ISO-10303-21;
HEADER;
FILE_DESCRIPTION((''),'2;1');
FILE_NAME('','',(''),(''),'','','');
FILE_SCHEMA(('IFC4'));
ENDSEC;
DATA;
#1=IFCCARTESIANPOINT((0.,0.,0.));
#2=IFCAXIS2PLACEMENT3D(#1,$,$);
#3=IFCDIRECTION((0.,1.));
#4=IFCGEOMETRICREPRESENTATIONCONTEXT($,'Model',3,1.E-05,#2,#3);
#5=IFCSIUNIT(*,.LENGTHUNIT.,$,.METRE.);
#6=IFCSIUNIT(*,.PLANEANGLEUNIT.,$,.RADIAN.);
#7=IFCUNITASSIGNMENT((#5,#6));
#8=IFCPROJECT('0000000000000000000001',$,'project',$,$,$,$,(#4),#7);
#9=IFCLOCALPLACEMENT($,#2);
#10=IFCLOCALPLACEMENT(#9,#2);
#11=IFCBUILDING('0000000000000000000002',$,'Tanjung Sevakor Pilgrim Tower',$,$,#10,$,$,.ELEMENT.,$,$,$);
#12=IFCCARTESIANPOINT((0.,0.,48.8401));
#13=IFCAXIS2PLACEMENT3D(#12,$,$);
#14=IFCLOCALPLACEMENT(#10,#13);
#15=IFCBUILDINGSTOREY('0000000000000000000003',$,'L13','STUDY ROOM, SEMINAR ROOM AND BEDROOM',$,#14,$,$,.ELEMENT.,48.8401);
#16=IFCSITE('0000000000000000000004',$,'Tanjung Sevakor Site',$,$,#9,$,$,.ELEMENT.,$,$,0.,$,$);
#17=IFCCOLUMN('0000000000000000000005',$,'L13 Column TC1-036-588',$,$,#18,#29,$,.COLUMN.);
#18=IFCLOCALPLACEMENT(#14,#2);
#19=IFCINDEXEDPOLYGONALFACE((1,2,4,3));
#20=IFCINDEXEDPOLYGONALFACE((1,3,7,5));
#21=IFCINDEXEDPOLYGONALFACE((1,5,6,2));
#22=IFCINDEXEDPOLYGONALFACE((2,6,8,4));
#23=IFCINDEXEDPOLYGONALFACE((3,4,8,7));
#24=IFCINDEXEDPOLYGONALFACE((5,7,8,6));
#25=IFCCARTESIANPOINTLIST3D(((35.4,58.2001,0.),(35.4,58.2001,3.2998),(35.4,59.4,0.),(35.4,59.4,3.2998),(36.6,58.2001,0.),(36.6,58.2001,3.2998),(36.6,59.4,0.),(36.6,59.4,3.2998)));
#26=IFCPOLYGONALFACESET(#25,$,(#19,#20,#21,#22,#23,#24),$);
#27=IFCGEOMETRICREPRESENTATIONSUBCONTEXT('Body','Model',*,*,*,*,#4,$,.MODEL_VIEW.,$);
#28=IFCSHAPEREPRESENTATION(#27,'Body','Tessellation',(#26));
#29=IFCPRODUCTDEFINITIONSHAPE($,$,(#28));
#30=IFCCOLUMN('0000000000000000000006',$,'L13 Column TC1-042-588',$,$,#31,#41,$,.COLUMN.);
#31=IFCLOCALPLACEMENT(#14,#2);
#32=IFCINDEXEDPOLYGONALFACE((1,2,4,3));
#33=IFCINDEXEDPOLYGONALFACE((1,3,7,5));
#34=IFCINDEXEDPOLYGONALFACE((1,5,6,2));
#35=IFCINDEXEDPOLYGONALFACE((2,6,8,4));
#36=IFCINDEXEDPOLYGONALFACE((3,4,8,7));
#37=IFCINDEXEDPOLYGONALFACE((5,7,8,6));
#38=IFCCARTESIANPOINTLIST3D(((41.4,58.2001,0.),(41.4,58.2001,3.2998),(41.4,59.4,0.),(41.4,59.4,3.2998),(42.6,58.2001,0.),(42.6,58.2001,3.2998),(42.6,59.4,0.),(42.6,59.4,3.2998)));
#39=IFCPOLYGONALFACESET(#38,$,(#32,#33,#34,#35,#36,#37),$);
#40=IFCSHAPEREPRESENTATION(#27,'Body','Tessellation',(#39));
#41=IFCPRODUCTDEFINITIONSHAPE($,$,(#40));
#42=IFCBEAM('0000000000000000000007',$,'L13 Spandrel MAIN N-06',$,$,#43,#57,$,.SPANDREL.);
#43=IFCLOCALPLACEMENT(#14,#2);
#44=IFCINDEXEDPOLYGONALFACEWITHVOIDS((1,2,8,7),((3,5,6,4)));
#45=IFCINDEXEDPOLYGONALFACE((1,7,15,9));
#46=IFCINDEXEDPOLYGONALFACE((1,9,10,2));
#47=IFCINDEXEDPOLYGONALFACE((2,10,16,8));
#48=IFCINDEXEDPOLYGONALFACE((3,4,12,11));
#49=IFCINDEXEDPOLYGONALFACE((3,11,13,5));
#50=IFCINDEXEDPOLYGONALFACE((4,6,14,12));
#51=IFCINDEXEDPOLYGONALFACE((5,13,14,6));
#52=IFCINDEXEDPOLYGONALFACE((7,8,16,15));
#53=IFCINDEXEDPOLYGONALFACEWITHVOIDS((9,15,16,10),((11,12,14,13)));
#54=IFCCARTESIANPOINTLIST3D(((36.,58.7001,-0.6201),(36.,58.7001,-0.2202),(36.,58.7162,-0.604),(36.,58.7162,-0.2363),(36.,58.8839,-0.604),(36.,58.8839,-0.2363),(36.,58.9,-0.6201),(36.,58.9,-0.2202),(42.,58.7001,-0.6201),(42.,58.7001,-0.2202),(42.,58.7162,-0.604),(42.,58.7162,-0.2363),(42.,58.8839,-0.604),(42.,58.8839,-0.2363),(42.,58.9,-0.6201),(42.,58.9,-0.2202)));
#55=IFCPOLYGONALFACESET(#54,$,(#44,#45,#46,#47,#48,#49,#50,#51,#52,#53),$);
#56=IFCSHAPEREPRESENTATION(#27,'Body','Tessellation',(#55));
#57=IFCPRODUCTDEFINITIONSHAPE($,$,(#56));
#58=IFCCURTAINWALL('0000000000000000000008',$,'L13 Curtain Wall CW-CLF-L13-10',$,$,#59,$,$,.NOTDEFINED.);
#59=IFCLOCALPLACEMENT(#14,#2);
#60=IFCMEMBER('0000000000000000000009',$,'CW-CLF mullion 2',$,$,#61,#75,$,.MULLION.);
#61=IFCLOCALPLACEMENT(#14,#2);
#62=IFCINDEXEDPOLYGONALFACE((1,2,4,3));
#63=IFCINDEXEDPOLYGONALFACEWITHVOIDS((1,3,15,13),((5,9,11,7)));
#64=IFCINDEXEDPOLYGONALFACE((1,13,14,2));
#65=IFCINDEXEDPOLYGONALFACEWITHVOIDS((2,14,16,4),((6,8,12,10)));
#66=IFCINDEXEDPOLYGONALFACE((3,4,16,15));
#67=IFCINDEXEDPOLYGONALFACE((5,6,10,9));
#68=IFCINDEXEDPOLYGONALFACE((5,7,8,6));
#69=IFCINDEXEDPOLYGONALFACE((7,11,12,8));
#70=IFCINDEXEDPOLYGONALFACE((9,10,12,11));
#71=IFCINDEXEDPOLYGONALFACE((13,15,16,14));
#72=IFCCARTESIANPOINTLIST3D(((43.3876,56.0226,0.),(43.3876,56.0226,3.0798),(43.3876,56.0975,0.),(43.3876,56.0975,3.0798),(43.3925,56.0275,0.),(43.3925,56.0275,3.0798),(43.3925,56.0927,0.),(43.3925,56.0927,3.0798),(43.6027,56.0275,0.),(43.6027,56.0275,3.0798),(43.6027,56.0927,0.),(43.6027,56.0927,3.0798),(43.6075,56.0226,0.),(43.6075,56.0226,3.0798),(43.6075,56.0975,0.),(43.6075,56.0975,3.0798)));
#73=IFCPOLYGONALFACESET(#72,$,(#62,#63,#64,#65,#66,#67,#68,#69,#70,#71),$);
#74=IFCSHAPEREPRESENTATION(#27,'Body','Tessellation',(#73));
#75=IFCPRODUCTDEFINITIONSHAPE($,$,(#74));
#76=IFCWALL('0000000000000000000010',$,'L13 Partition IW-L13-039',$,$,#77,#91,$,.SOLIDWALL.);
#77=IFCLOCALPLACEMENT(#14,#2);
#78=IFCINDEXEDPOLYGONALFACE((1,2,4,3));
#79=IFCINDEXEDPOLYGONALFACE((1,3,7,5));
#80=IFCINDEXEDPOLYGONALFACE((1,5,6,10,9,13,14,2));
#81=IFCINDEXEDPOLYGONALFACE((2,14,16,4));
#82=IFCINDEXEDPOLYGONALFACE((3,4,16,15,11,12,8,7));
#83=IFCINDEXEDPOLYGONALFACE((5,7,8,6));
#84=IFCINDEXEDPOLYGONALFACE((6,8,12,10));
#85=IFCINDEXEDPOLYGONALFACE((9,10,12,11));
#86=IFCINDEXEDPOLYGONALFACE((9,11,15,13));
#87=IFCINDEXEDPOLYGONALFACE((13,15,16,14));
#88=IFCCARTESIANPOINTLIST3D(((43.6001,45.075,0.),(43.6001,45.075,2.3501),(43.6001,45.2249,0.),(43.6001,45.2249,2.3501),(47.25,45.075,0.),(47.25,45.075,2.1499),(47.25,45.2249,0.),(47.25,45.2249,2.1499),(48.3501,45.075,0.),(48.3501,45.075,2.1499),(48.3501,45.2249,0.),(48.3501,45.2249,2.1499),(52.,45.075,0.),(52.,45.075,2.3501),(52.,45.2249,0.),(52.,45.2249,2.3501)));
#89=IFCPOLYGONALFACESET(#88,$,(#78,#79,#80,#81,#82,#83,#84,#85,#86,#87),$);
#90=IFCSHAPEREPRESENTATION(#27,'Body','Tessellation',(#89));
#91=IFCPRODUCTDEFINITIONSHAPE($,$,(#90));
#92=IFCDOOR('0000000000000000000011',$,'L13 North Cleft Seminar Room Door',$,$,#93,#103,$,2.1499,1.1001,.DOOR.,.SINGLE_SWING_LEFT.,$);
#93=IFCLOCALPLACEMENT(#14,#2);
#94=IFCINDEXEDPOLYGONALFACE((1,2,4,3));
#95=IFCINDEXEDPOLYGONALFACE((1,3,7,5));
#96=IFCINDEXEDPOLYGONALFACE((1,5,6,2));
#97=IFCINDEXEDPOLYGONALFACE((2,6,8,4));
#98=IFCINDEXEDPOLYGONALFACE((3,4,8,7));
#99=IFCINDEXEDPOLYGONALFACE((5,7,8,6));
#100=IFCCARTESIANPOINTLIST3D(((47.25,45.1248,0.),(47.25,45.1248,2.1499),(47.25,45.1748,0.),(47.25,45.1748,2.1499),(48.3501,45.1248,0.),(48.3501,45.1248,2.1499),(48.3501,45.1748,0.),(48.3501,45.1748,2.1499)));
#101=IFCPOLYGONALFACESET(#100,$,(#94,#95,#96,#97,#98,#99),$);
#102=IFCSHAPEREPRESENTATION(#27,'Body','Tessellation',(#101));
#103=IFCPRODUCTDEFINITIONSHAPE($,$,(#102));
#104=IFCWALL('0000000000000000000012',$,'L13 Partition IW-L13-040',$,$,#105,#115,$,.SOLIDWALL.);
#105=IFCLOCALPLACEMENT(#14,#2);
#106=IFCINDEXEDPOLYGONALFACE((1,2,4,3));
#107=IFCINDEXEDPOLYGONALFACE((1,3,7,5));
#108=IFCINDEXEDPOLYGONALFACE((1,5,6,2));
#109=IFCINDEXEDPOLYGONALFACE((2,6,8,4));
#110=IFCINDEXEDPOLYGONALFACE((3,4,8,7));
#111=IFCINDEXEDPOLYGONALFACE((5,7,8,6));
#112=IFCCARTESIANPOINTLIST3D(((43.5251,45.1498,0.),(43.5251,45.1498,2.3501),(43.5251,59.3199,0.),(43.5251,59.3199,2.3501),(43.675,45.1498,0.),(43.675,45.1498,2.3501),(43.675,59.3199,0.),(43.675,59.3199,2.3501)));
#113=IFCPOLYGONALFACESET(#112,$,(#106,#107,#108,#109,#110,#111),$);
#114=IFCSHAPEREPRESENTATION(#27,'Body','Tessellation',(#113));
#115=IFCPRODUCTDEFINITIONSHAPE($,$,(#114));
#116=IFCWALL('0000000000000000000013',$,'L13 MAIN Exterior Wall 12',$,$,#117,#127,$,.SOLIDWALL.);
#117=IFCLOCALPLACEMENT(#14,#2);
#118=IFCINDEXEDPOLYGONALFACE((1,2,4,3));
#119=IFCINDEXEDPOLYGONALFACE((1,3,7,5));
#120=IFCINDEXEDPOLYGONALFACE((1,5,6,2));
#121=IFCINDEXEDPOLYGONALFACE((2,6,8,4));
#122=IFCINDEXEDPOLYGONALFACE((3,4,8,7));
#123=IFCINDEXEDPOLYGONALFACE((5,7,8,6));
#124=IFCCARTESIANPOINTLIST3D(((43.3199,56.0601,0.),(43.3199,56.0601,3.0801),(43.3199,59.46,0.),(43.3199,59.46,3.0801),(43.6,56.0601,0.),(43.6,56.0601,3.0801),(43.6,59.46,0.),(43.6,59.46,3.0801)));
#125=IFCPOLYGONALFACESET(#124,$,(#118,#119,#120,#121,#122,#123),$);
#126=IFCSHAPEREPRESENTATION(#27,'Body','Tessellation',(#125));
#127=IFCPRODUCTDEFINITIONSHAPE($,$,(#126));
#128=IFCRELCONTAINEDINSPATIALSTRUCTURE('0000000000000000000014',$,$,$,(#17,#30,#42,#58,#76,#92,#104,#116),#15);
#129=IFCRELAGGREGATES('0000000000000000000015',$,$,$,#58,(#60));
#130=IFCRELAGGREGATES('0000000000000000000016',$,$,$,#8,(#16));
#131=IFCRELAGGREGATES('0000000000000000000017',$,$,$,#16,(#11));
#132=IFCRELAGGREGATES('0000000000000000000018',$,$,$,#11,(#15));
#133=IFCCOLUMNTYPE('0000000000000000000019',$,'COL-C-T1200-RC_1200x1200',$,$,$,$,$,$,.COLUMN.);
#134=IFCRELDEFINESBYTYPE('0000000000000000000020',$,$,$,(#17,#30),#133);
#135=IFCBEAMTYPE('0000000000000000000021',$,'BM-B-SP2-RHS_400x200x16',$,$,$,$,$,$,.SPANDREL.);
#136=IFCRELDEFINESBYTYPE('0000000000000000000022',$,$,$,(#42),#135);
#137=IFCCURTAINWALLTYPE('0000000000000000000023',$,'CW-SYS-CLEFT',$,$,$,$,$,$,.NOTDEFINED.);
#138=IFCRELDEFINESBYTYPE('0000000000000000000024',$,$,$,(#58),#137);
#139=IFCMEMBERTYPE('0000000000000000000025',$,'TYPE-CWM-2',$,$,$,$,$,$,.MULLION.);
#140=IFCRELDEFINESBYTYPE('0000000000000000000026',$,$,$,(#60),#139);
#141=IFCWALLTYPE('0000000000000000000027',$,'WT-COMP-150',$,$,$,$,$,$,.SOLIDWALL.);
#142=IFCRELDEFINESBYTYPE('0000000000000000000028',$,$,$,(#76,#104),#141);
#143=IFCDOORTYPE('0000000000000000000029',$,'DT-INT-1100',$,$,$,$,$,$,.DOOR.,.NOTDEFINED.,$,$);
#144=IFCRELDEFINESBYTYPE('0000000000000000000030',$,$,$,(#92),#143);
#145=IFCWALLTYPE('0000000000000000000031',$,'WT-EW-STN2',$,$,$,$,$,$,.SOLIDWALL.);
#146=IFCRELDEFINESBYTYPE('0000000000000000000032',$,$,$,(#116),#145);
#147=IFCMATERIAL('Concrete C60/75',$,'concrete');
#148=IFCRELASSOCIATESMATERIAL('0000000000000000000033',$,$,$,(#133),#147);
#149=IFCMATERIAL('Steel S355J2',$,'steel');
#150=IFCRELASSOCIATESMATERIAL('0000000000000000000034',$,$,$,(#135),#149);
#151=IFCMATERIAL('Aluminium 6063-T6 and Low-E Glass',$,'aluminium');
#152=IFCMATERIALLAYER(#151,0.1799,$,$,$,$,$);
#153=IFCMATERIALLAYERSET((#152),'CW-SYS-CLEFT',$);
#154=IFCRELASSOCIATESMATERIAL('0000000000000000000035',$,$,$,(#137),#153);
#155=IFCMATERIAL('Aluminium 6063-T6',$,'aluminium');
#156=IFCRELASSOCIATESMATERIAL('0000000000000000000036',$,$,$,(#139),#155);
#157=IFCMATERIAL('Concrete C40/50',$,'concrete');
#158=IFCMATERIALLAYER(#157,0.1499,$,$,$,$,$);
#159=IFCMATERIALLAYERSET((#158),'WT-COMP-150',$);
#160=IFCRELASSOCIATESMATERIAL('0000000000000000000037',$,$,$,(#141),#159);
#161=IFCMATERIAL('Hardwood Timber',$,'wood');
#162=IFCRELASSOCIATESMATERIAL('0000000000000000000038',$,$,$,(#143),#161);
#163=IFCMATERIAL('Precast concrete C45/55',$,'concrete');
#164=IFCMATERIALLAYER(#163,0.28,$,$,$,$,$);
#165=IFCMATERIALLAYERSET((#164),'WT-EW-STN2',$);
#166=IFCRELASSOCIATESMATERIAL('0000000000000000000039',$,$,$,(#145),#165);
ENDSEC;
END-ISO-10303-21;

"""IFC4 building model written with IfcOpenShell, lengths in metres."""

from ifc_helpers import new_model, si_unit, direction, frame, frame_2d, origin, origin_2d, place, context, subcontext, project, spatial, rectangle, hollow_rectangle, extrude, material, layer, layer_set, material_profile, profile_set, type_object, element, fill, aggregate, save


model = new_model("IFC4")

# Units and contexts
model_context = context("Model", 3, precision=1e-05, world=origin(), true_north=direction((0.0, 1.0)))
body_context = subcontext(model_context, "Body", "Model", "MODEL_VIEW")
ifc_project = project(units=[si_unit("LENGTHUNIT", "METRE"), si_unit("PLANEANGLEUNIT", "RADIAN")], contexts=[model_context])

# Site, building, storey
site_placement = place(None, origin())
site = spatial("IfcSite", under=ifc_project, at=site_placement, Name="Tanjung Sevakor Site", CompositionType="ELEMENT", RefElevation=0.0)
building_placement = place(site_placement, origin())
building = spatial("IfcBuilding", under=site, at=building_placement, Name="Tanjung Sevakor Pilgrim Tower", CompositionType="ELEMENT")
storey_placement = place(building_placement, frame((0.0, 0.0, 48.8401)))
storey = spatial("IfcBuildingStorey", under=building, at=storey_placement, Name="L13", Description="STUDY ROOM, SEMINAR ROOM AND BEDROOM", CompositionType="ELEMENT", Elevation=48.8401)

# Columns
ifc_material_1 = material(Name="Concrete C60/75", Category="concrete")
ifc_material_profile_1 = material_profile(ifc_material_1, rectangle(XDim=1.2, YDim=1.2, at=origin_2d()))
ifc_profile_set_1 = profile_set([ifc_material_profile_1], Name="Concrete C60/75")
column_type = type_object("IfcColumnType", Name="COL-C-T1200-RC_1200x1200", PredefinedType="COLUMN", material=ifc_profile_set_1)
for number, where, z_axis, x_axis, name in (
    (1, (36.0, 58.8, 0.0), (0.0, 0.0, 1.0), (1.0, 0.0, 0.0), "L13 Column TC1-036-588"),
    (2, (42.0, 58.8, 0.0), (0.0, 0.0, 1.0), (1.0, 0.0, 0.0), "L13 Column TC1-042-588"),
):
    element("IfcColumn", number, at=place(storey_placement, frame(where, z_axis=z_axis, x_axis=x_axis)), inside=storey, type_object=column_type, Name=name, PredefinedType="COLUMN", context=body_context, shape_type="SweptSolid", body=[
        extrude(rectangle(XDim=1.2, YDim=1.2, at=origin_2d()), origin(), (0.0, 0.0, 1.0), 3.2998),
    ])

# Beam
ifc_material_2 = material(Name="Steel S355J2", Category="steel")
ifc_material_profile_2 = material_profile(ifc_material_2, hollow_rectangle(XDim=0.2, YDim=0.3999, WallThickness=0.0161, at=origin_2d()))
ifc_profile_set_2 = profile_set([ifc_material_profile_2], Name="Steel S355J2")
beam_type = type_object("IfcBeamType", Name="BM-B-SP2-RHS_400x200x16", PredefinedType="SPANDREL", material=ifc_profile_set_2)
beam_placement = place(storey_placement, frame((36.0, 58.8, -0.4202), z_axis=(1.0, 0.0, 0.0), x_axis=(0.0, 1.0, 0.0)))
element("IfcBeam", 3, at=beam_placement, inside=storey, type_object=beam_type, Name="L13 Spandrel MAIN N-06", PredefinedType="SPANDREL", context=body_context, shape_type="SweptSolid", body=[
    extrude(hollow_rectangle(XDim=0.2, YDim=0.3999, WallThickness=0.0161, at=origin_2d()), origin(), (0.0, 0.0, 1.0), 6.0),
])

# Curtain wall, member
ifc_material_3 = material(Name="Aluminium 6063-T6 and Low-E Glass", Category="aluminium")
ifc_layer_1 = layer(ifc_material_3, 0.1799)
ifc_layer_set_1 = layer_set([ifc_layer_1], Name="CW-SYS-CLEFT")
curtain_wall_type = type_object("IfcCurtainWallType", Name="CW-SYS-CLEFT", PredefinedType="NOTDEFINED", material=ifc_layer_set_1)
curtain_wall_placement = place(storey_placement, origin())
curtain_wall = element("IfcCurtainWall", 4, at=curtain_wall_placement, inside=storey, type_object=curtain_wall_type, Name="L13 Curtain Wall CW-CLF-L13-10", PredefinedType="NOTDEFINED")
ifc_material_4 = material(Name="Aluminium 6063-T6", Category="aluminium")
ifc_material_profile_3 = material_profile(ifc_material_4, hollow_rectangle(XDim=0.075, YDim=0.22, WallThickness=0.0049, at=origin_2d()))
ifc_profile_set_3 = profile_set([ifc_material_profile_3], Name="Aluminium 6063-T6")
member_type = type_object("IfcMemberType", Name="TYPE-CWM-2", PredefinedType="MULLION", material=ifc_profile_set_3)
member_placement = place(storey_placement, frame((43.4976, 56.0601, 0.0), z_axis=(0.0, 0.0, 1.0), x_axis=(0.0, -1.0, 0.0)))
member = element("IfcMember", 5, at=member_placement, type_object=member_type, Name="CW-CLF mullion 2", PredefinedType="MULLION", context=body_context, shape_type="SweptSolid", body=[
    extrude(hollow_rectangle(XDim=0.075, YDim=0.22, WallThickness=0.0049, at=origin_2d()), origin(), (0.0, 0.0, 1.0), 3.0798),
])
aggregate(curtain_wall, [member])

# Wall, opening, door
ifc_material_5 = material(Name="Concrete C40/50", Category="concrete")
ifc_layer_2 = layer(ifc_material_5, 0.1499)
ifc_layer_set_2 = layer_set([ifc_layer_2], Name="WT-COMP-150")
wall_type_1 = type_object("IfcWallType", Name="WT-COMP-150", PredefinedType="SOLIDWALL", material=ifc_layer_set_2)
wall_1_placement = place(storey_placement, frame((43.6001, 45.1499, 0.0), z_axis=(0.0, 0.0, 1.0), x_axis=(1.0, 0.0, 0.0)))
wall_1 = element("IfcWall", 6, at=wall_1_placement, inside=storey, type_object=wall_type_1, Name="L13 Partition IW-L13-039", PredefinedType="SOLIDWALL", context=body_context, shape_type="SweptSolid", body=[
    extrude(rectangle(XDim=8.3999, YDim=0.1499, at=frame_2d((4.2, 0.0))), origin(), (0.0, 0.0, 1.0), 2.3501),
])
opening_1_placement = place(wall_1_placement, frame((3.6499, 0.0, 0.0)))
opening_1 = element("IfcOpeningElement", 7, at=opening_1_placement, cuts=wall_1, PredefinedType="OPENING", context=body_context, shape_type="SweptSolid", body=[
    extrude(rectangle(XDim=1.1001, YDim=2.1499, at=frame_2d((0.55, 1.075))), frame((0.0, 0.085, 0.0), z_axis=(0.0, -1.0, 0.0), x_axis=(1.0, 0.0, 0.0)), (0.0, 0.0, 1.0), 0.1699),
])
ifc_material_6 = material(Name="Hardwood Timber", Category="wood")
door_type_1 = type_object("IfcDoorType", Name="DT-INT-1100", OperationType="NOTDEFINED", PredefinedType="DOOR", material=ifc_material_6)
door_1_placement = place(opening_1_placement, origin())
door_1 = element("IfcDoor", 8, at=door_1_placement, inside=storey, type_object=door_type_1, Name="L13 North Cleft Seminar Room Door", OperationType="SINGLE_SWING_LEFT", OverallHeight=2.1499, OverallWidth=1.1001, PredefinedType="DOOR", context=body_context, shape_type="SweptSolid", body=[
    extrude(rectangle(XDim=1.1001, YDim=2.1499, at=frame_2d((0.55, 1.075))), frame((0.0, 0.0249, 0.0), z_axis=(0.0, -1.0, 0.0), x_axis=(1.0, 0.0, 0.0)), (0.0, 0.0, 1.0), 0.05),
])
fill(opening_1, door_1)

# Walls
wall_2_placement = place(storey_placement, frame((43.6001, 45.1499, 0.0), z_axis=(0.0, 0.0, 1.0), x_axis=(0.0, 1.0, 0.0)))
element("IfcWall", 9, at=wall_2_placement, inside=storey, type_object=wall_type_1, Name="L13 Partition IW-L13-040", PredefinedType="SOLIDWALL", context=body_context, shape_type="SweptSolid", body=[
    extrude(rectangle(XDim=14.1702, YDim=0.1499, at=frame_2d((7.085, 0.0))), origin(), (0.0, 0.0, 1.0), 2.3501),
])
ifc_material_7 = material(Name="Precast concrete C45/55", Category="concrete")
ifc_layer_3 = layer(ifc_material_7, 0.28)
ifc_layer_set_3 = layer_set([ifc_layer_3], Name="WT-EW-STN2")
wall_type_2 = type_object("IfcWallType", Name="WT-EW-STN2", PredefinedType="SOLIDWALL", material=ifc_layer_set_3)
wall_3_placement = place(storey_placement, frame((43.46, 56.0601, 0.0), z_axis=(0.0, 0.0, 1.0), x_axis=(0.0, 1.0, 0.0)))
element("IfcWall", 10, at=wall_3_placement, inside=storey, type_object=wall_type_2, Name="L13 MAIN Exterior Wall 12", PredefinedType="SOLIDWALL", context=body_context, shape_type="SweptSolid", body=[
    extrude(rectangle(XDim=3.3999, YDim=0.28, at=frame_2d((1.7, 0.0))), origin(), (0.0, 0.0, 1.0), 3.0801),
])

save(model, "model.ifc")
